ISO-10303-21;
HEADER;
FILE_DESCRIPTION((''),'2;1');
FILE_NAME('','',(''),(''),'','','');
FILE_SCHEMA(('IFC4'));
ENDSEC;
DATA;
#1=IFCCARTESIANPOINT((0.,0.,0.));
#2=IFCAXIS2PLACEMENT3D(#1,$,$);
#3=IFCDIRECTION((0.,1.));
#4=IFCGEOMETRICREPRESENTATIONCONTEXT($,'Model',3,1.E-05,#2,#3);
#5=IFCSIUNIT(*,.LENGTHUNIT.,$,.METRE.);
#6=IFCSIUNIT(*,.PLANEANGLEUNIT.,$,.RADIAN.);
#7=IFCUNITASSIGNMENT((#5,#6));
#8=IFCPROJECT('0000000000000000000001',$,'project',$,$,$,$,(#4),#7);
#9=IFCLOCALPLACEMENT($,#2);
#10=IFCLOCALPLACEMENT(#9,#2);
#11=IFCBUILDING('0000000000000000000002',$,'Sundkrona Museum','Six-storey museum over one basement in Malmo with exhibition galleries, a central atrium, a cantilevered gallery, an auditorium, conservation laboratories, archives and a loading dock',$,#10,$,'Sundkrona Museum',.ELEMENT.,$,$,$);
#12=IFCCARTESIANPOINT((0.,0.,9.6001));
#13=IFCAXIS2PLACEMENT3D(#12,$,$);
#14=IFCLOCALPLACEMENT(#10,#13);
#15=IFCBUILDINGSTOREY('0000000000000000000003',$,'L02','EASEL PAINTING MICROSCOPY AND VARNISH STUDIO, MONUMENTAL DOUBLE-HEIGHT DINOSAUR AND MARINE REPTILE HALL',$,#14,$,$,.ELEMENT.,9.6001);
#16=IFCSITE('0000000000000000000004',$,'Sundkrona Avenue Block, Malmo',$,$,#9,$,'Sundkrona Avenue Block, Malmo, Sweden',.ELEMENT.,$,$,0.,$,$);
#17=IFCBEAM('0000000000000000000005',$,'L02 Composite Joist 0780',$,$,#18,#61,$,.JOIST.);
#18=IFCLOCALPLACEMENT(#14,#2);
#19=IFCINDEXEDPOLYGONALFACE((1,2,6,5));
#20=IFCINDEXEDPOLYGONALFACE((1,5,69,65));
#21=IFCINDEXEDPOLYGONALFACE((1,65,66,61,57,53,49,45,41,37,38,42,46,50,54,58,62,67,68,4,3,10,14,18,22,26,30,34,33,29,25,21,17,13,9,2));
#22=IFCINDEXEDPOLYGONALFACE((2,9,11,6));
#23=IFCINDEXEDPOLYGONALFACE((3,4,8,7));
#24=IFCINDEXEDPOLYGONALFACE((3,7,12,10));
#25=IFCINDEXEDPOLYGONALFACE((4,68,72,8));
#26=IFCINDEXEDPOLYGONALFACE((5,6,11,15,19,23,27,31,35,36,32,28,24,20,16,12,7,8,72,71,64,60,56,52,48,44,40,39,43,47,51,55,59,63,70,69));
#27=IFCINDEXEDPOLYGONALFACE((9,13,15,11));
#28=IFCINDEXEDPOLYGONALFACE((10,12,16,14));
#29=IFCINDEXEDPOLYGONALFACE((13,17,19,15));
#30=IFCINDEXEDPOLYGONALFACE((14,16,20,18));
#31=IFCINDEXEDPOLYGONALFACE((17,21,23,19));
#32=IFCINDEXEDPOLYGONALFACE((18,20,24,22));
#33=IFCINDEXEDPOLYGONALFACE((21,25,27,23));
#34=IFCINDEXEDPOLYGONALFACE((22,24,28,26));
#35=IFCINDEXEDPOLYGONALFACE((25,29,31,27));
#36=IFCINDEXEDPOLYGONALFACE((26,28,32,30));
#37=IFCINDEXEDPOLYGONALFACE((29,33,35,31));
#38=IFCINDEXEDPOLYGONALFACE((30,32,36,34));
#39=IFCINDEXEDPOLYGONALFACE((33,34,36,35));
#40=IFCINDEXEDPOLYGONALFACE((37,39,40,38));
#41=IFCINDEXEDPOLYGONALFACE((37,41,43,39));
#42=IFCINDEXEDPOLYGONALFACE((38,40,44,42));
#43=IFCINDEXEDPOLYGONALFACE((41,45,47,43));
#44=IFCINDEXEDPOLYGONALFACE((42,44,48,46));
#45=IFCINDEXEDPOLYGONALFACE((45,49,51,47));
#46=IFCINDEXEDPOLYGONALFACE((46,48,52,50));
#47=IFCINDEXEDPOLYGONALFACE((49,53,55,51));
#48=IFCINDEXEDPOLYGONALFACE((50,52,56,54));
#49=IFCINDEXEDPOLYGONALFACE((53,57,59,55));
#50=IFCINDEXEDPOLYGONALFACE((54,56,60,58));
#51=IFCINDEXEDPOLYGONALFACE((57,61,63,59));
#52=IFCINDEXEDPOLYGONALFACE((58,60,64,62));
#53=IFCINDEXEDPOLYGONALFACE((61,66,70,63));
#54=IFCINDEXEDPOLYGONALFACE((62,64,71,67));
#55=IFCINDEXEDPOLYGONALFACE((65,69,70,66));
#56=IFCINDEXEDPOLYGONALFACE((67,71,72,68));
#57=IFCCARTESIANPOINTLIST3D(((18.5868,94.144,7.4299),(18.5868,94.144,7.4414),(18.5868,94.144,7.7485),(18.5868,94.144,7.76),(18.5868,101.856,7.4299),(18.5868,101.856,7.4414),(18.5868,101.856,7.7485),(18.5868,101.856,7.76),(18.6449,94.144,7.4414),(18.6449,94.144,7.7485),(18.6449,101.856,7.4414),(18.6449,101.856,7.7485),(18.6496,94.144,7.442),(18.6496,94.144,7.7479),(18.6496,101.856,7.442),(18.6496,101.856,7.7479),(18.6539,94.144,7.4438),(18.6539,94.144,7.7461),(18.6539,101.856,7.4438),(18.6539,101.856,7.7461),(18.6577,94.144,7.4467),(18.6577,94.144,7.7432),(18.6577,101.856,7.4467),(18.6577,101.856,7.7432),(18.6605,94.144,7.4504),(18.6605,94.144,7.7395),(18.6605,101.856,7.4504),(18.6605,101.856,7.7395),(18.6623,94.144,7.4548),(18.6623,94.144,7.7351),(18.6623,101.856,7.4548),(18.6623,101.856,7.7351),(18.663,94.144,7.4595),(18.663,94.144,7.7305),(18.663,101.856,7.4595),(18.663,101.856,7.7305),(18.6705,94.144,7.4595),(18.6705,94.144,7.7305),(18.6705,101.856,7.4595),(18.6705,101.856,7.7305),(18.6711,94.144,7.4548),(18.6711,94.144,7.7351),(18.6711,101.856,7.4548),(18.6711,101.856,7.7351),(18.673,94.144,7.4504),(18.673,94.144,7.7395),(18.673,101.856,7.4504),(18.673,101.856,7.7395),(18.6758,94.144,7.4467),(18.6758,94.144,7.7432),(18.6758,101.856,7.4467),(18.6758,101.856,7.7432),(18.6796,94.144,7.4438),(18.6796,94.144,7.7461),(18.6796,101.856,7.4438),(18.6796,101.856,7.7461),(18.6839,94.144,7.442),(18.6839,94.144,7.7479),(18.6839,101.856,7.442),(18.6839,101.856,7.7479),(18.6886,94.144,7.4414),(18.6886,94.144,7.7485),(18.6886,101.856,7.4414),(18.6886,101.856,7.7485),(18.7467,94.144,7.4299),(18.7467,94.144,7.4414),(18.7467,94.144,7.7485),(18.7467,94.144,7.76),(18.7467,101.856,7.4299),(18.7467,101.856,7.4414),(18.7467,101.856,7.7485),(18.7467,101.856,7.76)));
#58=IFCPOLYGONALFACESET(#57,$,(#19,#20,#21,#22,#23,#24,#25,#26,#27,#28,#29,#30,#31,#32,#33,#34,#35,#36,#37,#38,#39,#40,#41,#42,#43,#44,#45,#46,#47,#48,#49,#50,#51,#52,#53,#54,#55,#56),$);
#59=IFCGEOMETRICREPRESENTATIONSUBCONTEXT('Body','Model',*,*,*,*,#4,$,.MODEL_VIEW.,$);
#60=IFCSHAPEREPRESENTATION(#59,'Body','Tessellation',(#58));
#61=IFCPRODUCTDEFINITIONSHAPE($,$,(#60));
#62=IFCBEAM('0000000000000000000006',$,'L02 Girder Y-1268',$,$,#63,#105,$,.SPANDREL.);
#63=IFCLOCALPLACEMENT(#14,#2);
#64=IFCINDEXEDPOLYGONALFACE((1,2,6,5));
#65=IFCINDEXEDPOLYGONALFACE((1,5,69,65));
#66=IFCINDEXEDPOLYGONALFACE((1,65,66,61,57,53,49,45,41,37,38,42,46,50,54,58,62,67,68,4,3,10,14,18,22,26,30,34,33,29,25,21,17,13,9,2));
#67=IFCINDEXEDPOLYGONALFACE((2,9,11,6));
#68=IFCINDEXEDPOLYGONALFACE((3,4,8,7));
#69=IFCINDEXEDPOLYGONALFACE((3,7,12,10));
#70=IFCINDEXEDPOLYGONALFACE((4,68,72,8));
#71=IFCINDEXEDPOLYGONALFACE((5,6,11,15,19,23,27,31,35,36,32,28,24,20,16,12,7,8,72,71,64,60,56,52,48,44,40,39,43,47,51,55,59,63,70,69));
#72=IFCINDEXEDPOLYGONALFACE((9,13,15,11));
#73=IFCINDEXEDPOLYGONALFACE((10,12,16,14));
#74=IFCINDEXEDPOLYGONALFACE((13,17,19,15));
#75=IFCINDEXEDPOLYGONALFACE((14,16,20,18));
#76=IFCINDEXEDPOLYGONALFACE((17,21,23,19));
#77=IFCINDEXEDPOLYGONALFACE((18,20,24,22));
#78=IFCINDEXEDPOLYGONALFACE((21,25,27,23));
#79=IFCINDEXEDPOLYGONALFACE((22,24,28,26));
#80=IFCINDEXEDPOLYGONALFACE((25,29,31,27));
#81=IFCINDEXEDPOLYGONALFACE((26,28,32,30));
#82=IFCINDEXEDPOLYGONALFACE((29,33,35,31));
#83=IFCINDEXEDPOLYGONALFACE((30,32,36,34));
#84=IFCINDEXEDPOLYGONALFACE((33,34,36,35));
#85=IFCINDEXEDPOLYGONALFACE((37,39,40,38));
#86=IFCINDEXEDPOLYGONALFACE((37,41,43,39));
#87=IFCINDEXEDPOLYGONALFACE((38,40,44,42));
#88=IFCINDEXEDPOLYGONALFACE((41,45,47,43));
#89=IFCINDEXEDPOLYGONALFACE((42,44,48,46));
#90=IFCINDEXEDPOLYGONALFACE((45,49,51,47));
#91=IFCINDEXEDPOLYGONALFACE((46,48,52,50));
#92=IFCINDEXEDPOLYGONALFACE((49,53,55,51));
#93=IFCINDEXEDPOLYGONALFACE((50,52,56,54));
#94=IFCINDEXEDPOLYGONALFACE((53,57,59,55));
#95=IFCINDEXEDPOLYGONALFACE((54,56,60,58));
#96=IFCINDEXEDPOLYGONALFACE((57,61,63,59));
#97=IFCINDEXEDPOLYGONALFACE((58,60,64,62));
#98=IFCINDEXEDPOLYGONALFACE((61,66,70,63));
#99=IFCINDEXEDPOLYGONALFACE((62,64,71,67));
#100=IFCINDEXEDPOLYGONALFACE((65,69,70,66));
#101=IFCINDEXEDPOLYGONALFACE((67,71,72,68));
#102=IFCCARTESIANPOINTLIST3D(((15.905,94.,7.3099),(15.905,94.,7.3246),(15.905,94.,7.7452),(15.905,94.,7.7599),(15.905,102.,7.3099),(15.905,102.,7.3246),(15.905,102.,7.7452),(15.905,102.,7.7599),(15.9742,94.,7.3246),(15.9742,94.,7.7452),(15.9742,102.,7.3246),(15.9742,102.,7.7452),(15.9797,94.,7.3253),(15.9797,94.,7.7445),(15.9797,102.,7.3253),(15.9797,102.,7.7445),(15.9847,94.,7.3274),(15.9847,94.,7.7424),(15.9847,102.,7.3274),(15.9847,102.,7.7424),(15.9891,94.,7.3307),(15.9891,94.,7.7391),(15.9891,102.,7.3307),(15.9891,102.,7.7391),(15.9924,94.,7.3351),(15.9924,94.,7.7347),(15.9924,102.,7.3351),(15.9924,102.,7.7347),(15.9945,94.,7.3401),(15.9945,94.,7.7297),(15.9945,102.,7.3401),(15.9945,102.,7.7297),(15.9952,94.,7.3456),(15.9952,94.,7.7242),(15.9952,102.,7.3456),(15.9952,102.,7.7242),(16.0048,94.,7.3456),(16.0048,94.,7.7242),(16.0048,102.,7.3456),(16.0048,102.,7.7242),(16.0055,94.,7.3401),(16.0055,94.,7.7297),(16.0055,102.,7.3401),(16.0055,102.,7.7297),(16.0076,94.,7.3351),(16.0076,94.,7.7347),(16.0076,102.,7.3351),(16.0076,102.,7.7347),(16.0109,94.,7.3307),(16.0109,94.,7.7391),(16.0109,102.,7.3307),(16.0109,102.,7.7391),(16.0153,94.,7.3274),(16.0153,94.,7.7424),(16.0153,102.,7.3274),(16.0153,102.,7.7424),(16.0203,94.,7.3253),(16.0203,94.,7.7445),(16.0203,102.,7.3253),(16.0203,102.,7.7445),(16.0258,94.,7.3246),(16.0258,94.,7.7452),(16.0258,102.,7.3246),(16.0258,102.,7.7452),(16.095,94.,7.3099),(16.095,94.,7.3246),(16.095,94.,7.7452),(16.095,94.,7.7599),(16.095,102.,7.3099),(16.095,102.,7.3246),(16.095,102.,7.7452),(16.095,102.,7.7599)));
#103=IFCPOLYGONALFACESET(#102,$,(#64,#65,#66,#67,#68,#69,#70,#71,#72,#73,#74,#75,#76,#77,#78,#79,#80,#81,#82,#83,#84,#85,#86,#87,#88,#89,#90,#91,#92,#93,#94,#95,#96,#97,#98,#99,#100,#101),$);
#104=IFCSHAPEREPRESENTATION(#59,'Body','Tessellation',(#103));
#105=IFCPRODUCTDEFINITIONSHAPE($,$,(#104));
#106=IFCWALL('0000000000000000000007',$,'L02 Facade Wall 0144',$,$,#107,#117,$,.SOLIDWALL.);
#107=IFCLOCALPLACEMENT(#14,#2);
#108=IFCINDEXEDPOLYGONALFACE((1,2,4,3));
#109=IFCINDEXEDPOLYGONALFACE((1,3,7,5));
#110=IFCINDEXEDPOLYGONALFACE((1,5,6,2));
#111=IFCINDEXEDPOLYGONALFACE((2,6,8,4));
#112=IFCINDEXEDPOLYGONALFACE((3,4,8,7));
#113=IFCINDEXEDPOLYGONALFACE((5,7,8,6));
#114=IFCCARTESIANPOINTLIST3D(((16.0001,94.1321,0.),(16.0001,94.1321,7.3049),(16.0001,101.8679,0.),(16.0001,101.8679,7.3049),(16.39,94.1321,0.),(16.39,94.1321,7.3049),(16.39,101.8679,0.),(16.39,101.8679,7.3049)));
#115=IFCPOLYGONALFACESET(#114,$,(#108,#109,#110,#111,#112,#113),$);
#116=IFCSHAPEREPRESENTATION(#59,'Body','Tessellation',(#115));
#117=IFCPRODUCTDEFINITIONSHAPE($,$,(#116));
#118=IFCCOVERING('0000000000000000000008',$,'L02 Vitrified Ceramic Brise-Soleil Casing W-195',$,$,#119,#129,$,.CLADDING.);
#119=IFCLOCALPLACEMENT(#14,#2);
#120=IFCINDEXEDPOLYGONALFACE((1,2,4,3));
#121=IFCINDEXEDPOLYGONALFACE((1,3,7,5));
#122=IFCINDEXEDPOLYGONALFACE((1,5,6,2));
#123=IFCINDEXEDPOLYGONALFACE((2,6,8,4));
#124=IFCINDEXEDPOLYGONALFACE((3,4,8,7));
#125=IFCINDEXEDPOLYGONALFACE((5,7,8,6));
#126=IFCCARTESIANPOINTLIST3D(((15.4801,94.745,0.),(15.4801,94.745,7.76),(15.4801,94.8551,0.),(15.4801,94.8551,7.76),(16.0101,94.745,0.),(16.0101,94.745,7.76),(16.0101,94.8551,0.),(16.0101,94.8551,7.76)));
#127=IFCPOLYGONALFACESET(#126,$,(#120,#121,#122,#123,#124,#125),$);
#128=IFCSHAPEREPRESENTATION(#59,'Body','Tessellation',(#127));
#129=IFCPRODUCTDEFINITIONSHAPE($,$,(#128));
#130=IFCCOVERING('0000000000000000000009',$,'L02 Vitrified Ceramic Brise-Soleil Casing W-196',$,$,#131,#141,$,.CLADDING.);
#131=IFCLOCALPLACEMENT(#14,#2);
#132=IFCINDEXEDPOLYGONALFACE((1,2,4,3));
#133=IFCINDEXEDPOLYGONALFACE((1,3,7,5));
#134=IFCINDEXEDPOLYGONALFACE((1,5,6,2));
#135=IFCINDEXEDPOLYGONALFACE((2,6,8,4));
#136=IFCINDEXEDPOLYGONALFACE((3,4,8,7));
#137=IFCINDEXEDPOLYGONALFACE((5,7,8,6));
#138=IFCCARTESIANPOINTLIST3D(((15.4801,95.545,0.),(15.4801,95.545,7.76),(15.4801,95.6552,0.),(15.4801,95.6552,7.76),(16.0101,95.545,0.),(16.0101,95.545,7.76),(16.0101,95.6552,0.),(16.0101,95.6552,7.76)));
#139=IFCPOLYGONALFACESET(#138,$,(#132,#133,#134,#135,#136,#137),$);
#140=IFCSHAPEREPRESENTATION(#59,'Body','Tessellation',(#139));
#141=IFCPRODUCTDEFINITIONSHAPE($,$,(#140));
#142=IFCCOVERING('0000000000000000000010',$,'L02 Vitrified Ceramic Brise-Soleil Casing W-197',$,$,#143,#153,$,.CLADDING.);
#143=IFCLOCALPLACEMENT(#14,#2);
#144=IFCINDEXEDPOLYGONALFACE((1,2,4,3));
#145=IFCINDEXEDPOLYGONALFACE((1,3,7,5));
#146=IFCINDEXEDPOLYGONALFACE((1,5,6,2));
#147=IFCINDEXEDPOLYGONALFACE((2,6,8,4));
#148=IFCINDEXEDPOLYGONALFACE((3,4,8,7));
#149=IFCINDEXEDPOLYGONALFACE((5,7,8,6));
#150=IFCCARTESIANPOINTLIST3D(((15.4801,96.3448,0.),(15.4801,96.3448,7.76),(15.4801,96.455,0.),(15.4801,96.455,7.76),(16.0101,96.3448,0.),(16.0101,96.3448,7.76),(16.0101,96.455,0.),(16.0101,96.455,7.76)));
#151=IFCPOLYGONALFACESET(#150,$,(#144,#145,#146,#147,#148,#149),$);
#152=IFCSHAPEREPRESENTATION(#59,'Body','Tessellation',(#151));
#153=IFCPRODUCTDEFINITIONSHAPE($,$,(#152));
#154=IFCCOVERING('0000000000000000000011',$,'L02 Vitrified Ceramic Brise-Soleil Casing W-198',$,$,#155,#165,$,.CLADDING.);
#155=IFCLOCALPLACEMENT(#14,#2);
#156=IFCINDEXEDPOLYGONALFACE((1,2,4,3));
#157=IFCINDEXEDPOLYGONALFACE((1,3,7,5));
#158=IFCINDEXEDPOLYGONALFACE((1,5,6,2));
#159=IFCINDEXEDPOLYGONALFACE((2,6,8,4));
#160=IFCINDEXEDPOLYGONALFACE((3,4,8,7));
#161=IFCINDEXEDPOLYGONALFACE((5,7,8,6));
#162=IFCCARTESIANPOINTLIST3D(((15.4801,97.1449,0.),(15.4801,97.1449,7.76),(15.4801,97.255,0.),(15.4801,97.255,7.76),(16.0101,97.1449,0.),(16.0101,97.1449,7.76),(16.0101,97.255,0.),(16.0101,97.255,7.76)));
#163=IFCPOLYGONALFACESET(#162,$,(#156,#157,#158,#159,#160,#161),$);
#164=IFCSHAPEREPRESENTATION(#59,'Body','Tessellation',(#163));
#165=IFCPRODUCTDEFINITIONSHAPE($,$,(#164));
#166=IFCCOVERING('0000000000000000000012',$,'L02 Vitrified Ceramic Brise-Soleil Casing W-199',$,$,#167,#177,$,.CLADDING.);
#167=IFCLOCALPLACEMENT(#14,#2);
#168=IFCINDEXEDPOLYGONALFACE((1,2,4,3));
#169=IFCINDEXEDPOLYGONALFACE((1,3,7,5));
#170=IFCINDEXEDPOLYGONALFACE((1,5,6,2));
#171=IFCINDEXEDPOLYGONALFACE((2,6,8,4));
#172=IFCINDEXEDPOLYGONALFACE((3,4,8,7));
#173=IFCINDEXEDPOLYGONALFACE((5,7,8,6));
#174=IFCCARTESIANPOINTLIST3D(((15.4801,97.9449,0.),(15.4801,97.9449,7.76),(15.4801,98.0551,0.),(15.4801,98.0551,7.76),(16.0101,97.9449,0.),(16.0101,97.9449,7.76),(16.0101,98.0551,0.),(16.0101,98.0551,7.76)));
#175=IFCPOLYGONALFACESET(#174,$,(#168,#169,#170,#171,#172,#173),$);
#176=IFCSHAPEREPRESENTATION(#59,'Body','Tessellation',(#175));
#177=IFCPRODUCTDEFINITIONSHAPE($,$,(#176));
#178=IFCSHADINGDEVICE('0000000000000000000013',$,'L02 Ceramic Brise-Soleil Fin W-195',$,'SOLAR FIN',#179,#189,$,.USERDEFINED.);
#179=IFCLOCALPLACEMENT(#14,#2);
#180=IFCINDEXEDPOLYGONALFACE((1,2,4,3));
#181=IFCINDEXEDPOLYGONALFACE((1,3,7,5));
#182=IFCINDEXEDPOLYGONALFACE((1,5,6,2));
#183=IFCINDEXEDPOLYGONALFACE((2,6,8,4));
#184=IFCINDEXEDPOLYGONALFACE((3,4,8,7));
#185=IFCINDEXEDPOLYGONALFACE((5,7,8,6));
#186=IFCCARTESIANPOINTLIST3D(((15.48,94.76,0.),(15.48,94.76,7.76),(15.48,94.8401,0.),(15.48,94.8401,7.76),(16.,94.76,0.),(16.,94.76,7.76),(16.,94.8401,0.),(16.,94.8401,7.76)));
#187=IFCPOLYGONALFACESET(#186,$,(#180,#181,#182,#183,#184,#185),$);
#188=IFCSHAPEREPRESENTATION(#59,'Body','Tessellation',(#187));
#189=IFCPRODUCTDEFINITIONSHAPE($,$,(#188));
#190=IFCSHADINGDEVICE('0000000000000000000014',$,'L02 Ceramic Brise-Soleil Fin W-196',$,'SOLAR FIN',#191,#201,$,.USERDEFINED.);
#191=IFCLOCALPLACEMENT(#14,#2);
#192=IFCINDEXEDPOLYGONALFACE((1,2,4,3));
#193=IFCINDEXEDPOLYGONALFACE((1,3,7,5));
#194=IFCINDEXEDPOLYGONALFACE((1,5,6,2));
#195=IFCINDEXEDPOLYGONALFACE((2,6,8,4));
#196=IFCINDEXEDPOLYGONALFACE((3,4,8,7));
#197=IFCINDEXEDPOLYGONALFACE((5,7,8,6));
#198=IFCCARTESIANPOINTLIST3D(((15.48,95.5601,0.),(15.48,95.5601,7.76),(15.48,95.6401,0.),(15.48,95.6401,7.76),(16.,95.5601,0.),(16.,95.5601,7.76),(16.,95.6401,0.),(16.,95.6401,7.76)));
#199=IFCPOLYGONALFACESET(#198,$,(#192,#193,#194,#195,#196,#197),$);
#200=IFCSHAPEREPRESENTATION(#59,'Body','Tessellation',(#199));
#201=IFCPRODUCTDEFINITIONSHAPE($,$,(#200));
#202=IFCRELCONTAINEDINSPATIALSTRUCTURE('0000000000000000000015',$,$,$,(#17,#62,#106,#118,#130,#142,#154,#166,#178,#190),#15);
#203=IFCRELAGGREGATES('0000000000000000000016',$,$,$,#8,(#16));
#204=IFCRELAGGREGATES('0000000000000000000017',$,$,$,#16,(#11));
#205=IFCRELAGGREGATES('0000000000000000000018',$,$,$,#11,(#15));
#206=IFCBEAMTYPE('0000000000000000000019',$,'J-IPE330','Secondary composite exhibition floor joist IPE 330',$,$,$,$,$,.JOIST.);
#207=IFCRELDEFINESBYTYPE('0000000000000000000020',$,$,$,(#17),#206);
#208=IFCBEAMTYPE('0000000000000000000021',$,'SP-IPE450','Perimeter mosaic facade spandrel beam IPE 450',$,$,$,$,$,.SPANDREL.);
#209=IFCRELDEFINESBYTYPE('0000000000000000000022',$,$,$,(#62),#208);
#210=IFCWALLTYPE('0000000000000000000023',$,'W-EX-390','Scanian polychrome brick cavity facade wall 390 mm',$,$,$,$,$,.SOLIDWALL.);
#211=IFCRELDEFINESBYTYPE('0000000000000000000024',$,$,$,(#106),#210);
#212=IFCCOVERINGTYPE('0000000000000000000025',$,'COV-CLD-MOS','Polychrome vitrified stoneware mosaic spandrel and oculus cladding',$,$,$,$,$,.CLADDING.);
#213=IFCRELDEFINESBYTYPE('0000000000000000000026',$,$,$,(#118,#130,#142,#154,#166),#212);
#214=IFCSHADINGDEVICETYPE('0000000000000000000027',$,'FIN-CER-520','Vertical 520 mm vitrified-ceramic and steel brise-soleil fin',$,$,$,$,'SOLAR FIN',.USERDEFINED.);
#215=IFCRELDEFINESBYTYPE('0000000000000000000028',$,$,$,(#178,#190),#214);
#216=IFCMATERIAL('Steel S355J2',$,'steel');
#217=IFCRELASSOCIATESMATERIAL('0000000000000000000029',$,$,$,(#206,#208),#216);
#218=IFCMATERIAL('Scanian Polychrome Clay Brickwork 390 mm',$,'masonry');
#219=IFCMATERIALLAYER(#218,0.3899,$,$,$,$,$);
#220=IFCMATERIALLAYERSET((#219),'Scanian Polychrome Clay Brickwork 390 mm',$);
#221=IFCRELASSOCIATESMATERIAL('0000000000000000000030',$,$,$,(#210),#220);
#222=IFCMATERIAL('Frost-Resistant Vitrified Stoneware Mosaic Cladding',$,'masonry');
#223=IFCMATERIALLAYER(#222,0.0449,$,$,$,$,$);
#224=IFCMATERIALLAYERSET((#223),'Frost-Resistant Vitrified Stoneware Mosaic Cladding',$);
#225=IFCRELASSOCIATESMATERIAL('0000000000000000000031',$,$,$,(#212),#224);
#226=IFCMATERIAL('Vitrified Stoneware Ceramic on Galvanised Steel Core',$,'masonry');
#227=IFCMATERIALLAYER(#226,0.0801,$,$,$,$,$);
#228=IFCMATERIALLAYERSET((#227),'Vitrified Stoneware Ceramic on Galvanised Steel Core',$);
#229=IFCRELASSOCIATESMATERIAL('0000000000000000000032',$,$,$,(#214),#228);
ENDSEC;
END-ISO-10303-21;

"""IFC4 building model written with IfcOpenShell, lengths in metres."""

from ifc_helpers import new_model, si_unit, direction, frame, frame_2d, origin, origin_2d, place, context, subcontext, project, spatial, rectangle, i_section, extrude, material, layer, layer_set, material_profile, profile_set, type_object, element, save


model = new_model("IFC4")

# Units and contexts
model_context = context("Model", 3, precision=1e-05, world=origin(), true_north=direction((0.0, 1.0)))
body_context = subcontext(model_context, "Body", "Model", "MODEL_VIEW")
ifc_project = project(units=[si_unit("LENGTHUNIT", "METRE"), si_unit("PLANEANGLEUNIT", "RADIAN")], contexts=[model_context])

# Site, building, storey
site_placement = place(None, origin())
site = spatial("IfcSite", under=ifc_project, at=site_placement, Name="Sundkrona Avenue Block, Malmo", LongName="Sundkrona Avenue Block, Malmo, Sweden", CompositionType="ELEMENT", RefElevation=0.0)
building_placement = place(site_placement, origin())
building = spatial("IfcBuilding", under=site, at=building_placement, Name="Sundkrona Museum", Description="Six-storey museum over one basement in Malmo with exhibition galleries, a central atrium, a cantilevered gallery, an auditorium, conservation laboratories, archives and a loading dock", LongName="Sundkrona Museum", CompositionType="ELEMENT")
storey_placement = place(building_placement, frame((0.0, 0.0, 9.6001)))
storey = spatial("IfcBuildingStorey", under=building, at=storey_placement, Name="L02", Description="EASEL PAINTING MICROSCOPY AND VARNISH STUDIO, MONUMENTAL DOUBLE-HEIGHT DINOSAUR AND MARINE REPTILE HALL", CompositionType="ELEMENT", Elevation=9.6001)

# Shared definitions
ifc_material_1 = material(Name="Steel S355J2", Category="steel")

# Beams
ifc_material_profile_1 = material_profile(ifc_material_1, i_section(OverallWidth=0.1599, OverallDepth=0.3301, WebThickness=0.0076, FlangeThickness=0.0115, FilletRadius=0.0181, at=origin_2d()), Name="IPE 330")
ifc_profile_set_1 = profile_set([ifc_material_profile_1], Name="Steel S355J2")
beam_type_1 = type_object("IfcBeamType", Name="J-IPE330", Description="Secondary composite exhibition floor joist IPE 330", PredefinedType="JOIST", material=ifc_profile_set_1)
beam_1_placement = place(storey_placement, frame((18.6667, 94.144, 7.595), z_axis=(0.0, 1.0, 0.0), x_axis=(-1.0, 0.0, 0.0)))
element("IfcBeam", 1, at=beam_1_placement, inside=storey, type_object=beam_type_1, Name="L02 Composite Joist 0780", PredefinedType="JOIST", context=body_context, shape_type="SweptSolid", body=[
    extrude(i_section(OverallWidth=0.1599, OverallDepth=0.3301, WebThickness=0.0076, FlangeThickness=0.0115, FilletRadius=0.0181, at=origin_2d()), origin(), (0.0, 0.0, 1.0), 7.7119),
])
ifc_material_profile_2 = material_profile(ifc_material_1, i_section(OverallWidth=0.1899, OverallDepth=0.45, WebThickness=0.0095, FlangeThickness=0.0146, FilletRadius=0.021, at=origin_2d()), Name="IPE 450")
ifc_profile_set_2 = profile_set([ifc_material_profile_2], Name="Steel S355J2")
beam_type_2 = type_object("IfcBeamType", Name="SP-IPE450", Description="Perimeter mosaic facade spandrel beam IPE 450", PredefinedType="SPANDREL", material=ifc_profile_set_2)
beam_2_placement = place(storey_placement, frame((16.0, 94.0, 7.5349), z_axis=(0.0, 1.0, 0.0), x_axis=(-1.0, 0.0, 0.0)))
element("IfcBeam", 2, at=beam_2_placement, inside=storey, type_object=beam_type_2, Name="L02 Girder Y-1268", PredefinedType="SPANDREL", context=body_context, shape_type="SweptSolid", body=[
    extrude(i_section(OverallWidth=0.1899, OverallDepth=0.45, WebThickness=0.0095, FlangeThickness=0.0146, FilletRadius=0.021, at=origin_2d()), origin(), (0.0, 0.0, 1.0), 8.0),
])

# Wall
ifc_material_2 = material(Name="Scanian Polychrome Clay Brickwork 390 mm", Category="masonry")
ifc_layer_1 = layer(ifc_material_2, 0.3899)
ifc_layer_set_1 = layer_set([ifc_layer_1], Name="Scanian Polychrome Clay Brickwork 390 mm")
wall_type_1 = type_object("IfcWallType", Name="W-EX-390", Description="Scanian polychrome brick cavity facade wall 390 mm", PredefinedType="SOLIDWALL", material=ifc_layer_set_1)
wall_1_placement = place(storey_placement, frame((16.1951, 94.1321, 0.0), z_axis=(0.0, 0.0, 1.0), x_axis=(0.0, 1.0, 0.0)))
element("IfcWall", 3, at=wall_1_placement, inside=storey, type_object=wall_type_1, Name="L02 Facade Wall 0144", PredefinedType="SOLIDWALL", context=body_context, shape_type="SweptSolid", body=[
    extrude(rectangle(XDim=7.7358, YDim=0.3899, at=frame_2d((3.8679, 0.0))), origin(), (0.0, 0.0, 1.0), 7.3049),
])

# Coverings
ifc_material_3 = material(Name="Frost-Resistant Vitrified Stoneware Mosaic Cladding", Category="masonry")
ifc_layer_2 = layer(ifc_material_3, 0.0449)
ifc_layer_set_2 = layer_set([ifc_layer_2], Name="Frost-Resistant Vitrified Stoneware Mosaic Cladding")
covering_type = type_object("IfcCoveringType", Name="COV-CLD-MOS", Description="Polychrome vitrified stoneware mosaic spandrel and oculus cladding", PredefinedType="CLADDING", material=ifc_layer_set_2)
for number, where, z_axis, x_axis, name in (
    (4, (15.7451, 94.8, 0.0), (0.0, 0.0, 1.0), (1.0, 0.0, 0.0), "L02 Vitrified Ceramic Brise-Soleil Casing W-195"),
    (5, (15.7451, 95.6001, 0.0), (0.0, 0.0, 1.0), (1.0, 0.0, 0.0), "L02 Vitrified Ceramic Brise-Soleil Casing W-196"),
    (6, (15.7451, 96.3999, 0.0), (0.0, 0.0, 1.0), (1.0, 0.0, 0.0), "L02 Vitrified Ceramic Brise-Soleil Casing W-197"),
    (7, (15.7451, 97.2, 0.0), (0.0, 0.0, 1.0), (1.0, 0.0, 0.0), "L02 Vitrified Ceramic Brise-Soleil Casing W-198"),
    (8, (15.7451, 98.0, 0.0), (0.0, 0.0, 1.0), (1.0, 0.0, 0.0), "L02 Vitrified Ceramic Brise-Soleil Casing W-199"),
):
    element("IfcCovering", number, at=place(storey_placement, frame(where, z_axis=z_axis, x_axis=x_axis)), inside=storey, type_object=covering_type, Name=name, PredefinedType="CLADDING", context=body_context, shape_type="SweptSolid", body=[
        extrude(rectangle(XDim=0.53, YDim=0.1101, at=origin_2d()), origin(), (0.0, 0.0, 1.0), 7.76),
    ])

# Shading devices
ifc_material_4 = material(Name="Vitrified Stoneware Ceramic on Galvanised Steel Core", Category="masonry")
ifc_layer_3 = layer(ifc_material_4, 0.0801)
ifc_layer_set_3 = layer_set([ifc_layer_3], Name="Vitrified Stoneware Ceramic on Galvanised Steel Core")
shading_device_type = type_object("IfcShadingDeviceType", Name="FIN-CER-520", Description="Vertical 520 mm vitrified-ceramic and steel brise-soleil fin", ElementType="SOLAR FIN", PredefinedType="USERDEFINED", material=ifc_layer_set_3)
for number, where, z_axis, x_axis, name in (
    (9, (15.74, 94.8, 0.0), (0.0, 0.0, 1.0), (1.0, 0.0, 0.0), "L02 Ceramic Brise-Soleil Fin W-195"),
    (10, (15.74, 95.6001, 0.0), (0.0, 0.0, 1.0), (1.0, 0.0, 0.0), "L02 Ceramic Brise-Soleil Fin W-196"),
):
    element("IfcShadingDevice", number, at=place(storey_placement, frame(where, z_axis=z_axis, x_axis=x_axis)), inside=storey, type_object=shading_device_type, Name=name, ObjectType="SOLAR FIN", PredefinedType="USERDEFINED", context=body_context, shape_type="SweptSolid", body=[
        extrude(rectangle(XDim=0.52, YDim=0.0801, at=origin_2d()), origin(), (0.0, 0.0, 1.0), 7.76),
    ])

save(model, "model.ifc")
